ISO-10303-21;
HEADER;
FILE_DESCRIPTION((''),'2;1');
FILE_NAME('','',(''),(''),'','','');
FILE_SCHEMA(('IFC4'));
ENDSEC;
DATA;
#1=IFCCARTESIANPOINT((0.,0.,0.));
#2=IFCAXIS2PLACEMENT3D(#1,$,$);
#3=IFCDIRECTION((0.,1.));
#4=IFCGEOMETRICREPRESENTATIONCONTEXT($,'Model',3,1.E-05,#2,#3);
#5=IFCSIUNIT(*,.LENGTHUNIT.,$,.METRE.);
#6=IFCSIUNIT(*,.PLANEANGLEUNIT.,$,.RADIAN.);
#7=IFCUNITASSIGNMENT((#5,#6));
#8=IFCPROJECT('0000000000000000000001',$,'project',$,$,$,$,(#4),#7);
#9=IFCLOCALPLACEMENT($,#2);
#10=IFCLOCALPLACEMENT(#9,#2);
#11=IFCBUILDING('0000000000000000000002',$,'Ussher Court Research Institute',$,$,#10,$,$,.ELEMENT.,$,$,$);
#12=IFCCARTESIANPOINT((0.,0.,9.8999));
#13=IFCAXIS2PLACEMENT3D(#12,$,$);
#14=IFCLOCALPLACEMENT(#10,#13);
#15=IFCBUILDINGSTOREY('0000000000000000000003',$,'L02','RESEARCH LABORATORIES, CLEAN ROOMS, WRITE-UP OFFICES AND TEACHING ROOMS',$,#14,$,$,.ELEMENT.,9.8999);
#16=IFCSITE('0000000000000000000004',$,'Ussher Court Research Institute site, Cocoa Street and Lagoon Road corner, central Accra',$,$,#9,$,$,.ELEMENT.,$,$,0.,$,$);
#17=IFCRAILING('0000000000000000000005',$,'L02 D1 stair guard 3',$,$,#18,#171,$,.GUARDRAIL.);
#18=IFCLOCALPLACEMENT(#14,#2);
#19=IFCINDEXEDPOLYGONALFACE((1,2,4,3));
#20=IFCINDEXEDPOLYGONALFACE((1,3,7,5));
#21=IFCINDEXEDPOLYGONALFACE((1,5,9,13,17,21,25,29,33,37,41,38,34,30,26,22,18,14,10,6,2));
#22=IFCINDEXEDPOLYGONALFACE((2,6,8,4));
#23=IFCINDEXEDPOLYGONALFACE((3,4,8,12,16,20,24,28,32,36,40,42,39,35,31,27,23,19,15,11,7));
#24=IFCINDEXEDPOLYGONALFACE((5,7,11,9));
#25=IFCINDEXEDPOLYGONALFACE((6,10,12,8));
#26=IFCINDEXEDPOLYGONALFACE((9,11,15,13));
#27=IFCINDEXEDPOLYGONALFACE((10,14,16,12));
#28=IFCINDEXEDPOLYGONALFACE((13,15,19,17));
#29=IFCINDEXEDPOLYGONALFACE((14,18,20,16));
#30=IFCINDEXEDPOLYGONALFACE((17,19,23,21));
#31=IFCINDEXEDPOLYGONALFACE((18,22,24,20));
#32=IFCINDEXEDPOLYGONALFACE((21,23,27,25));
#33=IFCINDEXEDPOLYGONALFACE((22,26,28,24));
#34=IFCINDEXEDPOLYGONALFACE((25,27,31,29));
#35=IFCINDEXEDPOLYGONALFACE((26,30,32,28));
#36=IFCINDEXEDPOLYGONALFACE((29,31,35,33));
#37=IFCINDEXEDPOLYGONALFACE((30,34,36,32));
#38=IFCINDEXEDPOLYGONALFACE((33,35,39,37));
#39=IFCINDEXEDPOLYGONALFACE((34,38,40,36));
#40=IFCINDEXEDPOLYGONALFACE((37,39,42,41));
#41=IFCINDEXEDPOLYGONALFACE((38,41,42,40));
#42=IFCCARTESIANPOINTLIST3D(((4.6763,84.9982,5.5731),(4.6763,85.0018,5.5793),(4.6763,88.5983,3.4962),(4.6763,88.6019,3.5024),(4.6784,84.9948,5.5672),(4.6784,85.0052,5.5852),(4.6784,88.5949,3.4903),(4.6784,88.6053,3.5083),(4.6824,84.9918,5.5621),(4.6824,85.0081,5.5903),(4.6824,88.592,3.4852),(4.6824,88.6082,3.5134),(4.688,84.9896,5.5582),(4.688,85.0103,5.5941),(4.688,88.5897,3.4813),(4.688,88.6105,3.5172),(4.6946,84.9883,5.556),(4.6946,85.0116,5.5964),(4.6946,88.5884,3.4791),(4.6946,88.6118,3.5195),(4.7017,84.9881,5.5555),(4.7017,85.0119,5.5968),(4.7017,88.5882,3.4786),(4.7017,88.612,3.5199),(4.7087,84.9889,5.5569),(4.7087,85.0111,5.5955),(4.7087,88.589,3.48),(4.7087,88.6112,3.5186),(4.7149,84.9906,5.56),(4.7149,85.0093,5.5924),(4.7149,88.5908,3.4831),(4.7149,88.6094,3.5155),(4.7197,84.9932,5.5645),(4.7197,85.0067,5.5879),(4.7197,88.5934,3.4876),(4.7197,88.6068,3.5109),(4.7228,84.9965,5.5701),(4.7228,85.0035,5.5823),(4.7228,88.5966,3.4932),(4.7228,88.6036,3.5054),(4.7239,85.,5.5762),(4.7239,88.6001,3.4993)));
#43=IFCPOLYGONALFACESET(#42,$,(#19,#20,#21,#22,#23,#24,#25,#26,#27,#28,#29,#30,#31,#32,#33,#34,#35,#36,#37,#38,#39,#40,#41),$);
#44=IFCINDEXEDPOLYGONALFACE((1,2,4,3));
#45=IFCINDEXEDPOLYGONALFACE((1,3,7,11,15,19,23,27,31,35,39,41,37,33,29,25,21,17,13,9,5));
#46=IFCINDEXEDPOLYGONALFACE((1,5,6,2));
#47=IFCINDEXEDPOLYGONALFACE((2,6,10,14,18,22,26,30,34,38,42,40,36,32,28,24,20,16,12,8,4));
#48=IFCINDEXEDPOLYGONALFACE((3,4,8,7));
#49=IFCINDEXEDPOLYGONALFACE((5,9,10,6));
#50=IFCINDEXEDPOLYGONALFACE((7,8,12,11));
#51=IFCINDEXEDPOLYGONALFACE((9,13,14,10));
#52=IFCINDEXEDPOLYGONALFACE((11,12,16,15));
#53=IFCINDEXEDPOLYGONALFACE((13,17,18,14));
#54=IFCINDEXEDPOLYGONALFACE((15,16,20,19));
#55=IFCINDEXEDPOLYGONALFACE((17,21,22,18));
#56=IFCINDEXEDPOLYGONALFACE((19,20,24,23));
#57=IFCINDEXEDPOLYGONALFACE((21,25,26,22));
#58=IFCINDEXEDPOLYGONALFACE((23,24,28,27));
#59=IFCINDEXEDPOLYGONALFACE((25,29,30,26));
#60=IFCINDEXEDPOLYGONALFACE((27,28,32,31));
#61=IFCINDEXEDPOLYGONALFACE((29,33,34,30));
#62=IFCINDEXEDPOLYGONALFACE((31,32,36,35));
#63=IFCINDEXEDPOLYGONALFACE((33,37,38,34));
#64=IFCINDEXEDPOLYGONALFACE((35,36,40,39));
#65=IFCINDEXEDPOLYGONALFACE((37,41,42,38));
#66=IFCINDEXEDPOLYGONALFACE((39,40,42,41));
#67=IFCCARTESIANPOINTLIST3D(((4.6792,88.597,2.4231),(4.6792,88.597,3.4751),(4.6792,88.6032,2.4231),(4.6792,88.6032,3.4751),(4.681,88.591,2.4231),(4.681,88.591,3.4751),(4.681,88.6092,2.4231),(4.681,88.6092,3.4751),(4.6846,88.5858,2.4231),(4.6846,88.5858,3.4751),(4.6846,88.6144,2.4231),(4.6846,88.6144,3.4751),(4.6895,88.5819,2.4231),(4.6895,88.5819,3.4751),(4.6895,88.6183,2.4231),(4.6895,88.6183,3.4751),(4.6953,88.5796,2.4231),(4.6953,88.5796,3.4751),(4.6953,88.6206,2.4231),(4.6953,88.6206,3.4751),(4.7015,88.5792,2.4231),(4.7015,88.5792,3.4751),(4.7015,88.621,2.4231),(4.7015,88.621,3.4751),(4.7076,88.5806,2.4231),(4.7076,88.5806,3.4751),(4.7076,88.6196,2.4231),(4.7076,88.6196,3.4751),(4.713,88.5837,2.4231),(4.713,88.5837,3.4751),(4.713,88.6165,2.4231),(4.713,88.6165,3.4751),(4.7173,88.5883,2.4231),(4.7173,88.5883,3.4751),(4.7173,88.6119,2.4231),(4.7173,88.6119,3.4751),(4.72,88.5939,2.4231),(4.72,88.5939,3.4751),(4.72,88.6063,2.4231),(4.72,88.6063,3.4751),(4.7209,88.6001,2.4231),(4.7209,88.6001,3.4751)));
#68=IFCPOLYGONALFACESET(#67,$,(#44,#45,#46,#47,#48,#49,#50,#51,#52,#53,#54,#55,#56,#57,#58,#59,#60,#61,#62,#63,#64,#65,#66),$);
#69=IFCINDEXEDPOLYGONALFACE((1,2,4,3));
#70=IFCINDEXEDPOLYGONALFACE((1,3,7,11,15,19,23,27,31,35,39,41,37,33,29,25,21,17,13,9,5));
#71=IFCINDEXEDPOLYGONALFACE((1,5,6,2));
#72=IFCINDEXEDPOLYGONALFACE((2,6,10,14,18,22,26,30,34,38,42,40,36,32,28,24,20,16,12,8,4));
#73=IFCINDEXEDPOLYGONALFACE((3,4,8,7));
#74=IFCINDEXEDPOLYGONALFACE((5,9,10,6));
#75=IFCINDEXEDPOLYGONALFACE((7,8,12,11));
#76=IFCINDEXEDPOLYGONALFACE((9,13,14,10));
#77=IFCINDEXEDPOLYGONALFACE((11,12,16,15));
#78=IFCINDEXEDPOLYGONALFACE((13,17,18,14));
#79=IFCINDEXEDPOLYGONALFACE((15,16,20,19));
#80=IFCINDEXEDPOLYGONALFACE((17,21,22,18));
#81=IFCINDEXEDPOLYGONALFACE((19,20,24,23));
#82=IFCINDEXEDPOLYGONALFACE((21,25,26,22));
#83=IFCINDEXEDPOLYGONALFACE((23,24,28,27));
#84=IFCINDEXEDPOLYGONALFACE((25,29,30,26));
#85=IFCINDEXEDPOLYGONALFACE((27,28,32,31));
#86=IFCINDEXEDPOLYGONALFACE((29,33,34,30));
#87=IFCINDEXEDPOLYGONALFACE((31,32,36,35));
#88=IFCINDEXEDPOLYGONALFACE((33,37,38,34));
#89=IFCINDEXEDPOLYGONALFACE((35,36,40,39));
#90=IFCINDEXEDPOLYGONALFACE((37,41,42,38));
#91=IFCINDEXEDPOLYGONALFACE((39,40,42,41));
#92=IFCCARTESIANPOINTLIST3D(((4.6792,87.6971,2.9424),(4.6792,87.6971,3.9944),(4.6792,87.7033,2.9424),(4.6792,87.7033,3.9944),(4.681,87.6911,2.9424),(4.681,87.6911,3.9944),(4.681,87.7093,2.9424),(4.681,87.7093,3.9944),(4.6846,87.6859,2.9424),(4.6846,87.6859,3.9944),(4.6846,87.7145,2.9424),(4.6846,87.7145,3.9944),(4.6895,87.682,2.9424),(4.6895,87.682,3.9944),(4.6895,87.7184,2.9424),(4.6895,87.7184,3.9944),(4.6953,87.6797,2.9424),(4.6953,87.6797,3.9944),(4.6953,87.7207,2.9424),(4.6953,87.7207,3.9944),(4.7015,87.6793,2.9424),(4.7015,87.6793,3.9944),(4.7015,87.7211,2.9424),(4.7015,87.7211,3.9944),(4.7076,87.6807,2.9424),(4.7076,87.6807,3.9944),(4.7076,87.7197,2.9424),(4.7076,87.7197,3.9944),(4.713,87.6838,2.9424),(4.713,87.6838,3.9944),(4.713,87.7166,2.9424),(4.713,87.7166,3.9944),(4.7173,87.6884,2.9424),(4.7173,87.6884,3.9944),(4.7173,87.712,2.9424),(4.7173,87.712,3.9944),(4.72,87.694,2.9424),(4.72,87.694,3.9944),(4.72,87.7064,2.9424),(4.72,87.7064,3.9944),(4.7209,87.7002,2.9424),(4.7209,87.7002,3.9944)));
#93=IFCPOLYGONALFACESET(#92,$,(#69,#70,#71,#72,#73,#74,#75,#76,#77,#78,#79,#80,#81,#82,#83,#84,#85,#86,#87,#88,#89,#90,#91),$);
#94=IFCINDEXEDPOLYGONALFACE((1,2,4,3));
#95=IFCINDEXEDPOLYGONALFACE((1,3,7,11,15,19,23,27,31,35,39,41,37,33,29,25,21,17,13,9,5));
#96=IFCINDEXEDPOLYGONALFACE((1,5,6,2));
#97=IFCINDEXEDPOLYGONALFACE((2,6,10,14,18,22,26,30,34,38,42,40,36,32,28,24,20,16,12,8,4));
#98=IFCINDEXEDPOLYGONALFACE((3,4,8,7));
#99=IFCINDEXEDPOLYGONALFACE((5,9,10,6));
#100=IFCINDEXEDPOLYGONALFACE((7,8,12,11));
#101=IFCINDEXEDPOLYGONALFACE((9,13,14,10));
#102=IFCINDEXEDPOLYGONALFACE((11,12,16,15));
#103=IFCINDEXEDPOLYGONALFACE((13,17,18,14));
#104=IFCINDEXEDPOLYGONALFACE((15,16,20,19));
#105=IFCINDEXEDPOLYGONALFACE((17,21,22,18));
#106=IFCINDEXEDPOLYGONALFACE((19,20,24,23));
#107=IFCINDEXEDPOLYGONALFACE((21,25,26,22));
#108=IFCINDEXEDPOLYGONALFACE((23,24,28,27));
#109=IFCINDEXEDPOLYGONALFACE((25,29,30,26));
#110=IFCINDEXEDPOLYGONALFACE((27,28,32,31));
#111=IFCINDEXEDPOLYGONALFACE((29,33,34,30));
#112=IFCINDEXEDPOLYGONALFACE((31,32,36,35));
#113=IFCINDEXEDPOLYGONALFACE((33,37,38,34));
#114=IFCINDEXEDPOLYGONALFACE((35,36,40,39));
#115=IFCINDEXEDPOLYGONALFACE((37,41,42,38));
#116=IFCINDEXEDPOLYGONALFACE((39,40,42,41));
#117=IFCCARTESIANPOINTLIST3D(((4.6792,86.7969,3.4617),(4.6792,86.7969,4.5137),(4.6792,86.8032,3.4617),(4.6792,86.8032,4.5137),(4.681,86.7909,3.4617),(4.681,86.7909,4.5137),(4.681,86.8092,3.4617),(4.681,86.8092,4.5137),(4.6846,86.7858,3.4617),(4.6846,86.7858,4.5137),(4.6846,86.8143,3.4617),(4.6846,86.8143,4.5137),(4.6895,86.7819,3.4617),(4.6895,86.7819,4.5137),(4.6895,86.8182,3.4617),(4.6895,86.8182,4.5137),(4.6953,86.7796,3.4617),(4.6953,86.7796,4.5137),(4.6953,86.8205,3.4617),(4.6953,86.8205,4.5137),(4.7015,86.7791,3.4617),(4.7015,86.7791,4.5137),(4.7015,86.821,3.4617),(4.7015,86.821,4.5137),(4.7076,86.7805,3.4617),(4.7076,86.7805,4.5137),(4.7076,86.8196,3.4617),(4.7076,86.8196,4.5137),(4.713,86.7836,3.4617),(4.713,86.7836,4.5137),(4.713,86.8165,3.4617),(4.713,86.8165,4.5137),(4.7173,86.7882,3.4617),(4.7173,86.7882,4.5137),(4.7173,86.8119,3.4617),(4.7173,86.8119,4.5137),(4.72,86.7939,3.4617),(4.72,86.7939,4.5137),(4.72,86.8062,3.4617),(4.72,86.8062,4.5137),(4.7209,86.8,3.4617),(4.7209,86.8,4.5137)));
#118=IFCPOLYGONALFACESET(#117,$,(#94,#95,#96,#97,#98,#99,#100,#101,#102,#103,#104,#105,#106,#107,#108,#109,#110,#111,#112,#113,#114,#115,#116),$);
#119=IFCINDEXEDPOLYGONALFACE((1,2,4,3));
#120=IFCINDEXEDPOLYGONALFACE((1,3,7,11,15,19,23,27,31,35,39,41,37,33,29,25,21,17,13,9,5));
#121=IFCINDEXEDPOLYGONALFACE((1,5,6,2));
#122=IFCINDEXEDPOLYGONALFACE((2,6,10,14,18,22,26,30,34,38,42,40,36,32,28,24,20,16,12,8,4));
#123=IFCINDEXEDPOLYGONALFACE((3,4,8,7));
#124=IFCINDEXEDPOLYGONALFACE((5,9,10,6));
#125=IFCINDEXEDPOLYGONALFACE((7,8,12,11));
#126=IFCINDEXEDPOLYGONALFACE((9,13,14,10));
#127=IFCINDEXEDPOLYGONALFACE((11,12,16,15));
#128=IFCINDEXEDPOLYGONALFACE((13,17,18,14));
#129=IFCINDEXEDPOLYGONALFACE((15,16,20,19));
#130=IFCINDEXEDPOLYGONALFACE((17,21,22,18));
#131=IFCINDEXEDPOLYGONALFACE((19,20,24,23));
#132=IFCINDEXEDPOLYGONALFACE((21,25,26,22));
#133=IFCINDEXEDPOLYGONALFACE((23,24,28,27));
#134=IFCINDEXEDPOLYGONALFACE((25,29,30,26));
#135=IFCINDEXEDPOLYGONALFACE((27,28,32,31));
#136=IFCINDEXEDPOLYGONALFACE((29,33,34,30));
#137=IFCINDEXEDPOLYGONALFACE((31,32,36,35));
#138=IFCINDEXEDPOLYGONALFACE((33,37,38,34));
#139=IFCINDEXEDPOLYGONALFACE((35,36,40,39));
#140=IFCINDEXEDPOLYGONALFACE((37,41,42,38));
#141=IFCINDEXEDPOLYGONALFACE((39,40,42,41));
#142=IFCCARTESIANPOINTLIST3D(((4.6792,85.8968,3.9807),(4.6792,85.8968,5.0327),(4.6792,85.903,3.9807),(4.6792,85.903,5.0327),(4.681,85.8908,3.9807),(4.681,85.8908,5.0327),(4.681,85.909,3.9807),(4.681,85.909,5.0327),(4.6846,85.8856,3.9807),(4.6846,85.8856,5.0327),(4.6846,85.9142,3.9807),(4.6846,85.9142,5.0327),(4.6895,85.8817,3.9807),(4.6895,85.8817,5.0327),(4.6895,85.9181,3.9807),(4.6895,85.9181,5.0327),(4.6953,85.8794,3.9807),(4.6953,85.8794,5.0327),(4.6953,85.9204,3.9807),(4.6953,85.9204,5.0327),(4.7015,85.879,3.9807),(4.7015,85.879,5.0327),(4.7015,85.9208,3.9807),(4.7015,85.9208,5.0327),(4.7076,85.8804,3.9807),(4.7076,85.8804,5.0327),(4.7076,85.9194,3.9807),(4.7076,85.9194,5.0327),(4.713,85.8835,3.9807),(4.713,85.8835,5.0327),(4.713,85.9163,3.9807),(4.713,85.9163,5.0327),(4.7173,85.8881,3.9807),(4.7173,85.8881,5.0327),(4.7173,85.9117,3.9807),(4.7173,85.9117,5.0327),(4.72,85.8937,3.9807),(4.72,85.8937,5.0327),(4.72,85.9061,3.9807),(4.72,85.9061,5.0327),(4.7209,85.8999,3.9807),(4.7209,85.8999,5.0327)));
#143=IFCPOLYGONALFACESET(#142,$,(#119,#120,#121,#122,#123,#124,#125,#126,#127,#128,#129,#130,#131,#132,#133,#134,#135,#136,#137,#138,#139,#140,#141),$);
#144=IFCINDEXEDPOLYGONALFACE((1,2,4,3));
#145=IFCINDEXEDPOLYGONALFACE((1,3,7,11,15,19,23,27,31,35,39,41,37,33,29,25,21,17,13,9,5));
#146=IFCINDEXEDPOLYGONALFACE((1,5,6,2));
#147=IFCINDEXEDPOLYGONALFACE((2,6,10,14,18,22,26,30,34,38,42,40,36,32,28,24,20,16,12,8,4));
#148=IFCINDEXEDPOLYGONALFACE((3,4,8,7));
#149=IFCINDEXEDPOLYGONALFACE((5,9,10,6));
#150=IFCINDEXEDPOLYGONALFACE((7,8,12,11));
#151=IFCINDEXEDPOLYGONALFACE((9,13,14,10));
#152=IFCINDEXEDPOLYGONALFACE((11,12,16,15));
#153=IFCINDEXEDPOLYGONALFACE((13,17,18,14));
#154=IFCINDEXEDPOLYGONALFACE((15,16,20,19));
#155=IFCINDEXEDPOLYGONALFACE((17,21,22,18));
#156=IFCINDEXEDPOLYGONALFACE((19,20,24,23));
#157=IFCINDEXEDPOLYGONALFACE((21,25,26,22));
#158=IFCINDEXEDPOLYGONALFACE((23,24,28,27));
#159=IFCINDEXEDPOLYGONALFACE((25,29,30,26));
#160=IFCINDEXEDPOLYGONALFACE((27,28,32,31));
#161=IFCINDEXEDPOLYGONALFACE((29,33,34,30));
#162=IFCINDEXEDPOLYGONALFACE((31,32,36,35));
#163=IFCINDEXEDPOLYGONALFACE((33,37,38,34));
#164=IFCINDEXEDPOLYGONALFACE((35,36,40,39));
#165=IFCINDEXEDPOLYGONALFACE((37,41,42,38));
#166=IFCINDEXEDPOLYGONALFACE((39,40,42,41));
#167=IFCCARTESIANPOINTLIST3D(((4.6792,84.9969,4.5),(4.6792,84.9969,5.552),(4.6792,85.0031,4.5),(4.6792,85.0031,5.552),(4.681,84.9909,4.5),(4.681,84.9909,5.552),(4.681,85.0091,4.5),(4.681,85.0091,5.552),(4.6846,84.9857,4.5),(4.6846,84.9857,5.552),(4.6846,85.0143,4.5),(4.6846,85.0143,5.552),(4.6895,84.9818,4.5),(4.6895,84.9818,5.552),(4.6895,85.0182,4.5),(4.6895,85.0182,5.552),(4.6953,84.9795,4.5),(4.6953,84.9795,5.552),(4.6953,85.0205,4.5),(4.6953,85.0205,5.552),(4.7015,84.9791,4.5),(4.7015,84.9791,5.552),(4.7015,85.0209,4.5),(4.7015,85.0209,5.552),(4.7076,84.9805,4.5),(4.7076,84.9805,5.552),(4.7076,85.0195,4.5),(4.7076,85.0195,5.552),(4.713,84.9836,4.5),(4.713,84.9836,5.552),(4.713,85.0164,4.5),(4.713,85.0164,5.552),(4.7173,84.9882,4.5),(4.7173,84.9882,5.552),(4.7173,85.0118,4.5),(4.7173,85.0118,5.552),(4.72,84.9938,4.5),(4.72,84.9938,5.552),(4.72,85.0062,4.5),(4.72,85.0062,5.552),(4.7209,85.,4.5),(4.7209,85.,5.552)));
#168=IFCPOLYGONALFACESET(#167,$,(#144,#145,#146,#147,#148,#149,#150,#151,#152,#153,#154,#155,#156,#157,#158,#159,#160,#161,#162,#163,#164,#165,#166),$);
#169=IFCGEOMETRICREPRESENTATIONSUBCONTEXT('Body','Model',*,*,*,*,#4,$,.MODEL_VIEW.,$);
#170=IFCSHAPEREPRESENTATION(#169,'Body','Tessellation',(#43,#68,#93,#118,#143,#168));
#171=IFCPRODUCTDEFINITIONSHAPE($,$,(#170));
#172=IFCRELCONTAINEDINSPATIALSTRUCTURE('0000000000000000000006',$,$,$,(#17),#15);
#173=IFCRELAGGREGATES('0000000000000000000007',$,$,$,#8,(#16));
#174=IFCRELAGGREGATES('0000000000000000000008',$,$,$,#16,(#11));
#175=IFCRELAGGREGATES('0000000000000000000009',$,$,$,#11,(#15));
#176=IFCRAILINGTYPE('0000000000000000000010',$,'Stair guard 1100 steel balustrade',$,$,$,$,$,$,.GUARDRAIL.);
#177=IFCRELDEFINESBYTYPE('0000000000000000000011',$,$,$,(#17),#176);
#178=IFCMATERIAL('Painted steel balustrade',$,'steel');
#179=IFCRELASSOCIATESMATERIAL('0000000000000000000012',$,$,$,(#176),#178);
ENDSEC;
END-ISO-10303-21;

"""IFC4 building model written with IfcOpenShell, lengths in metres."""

from ifc_helpers import new_model, si_unit, direction, frame, origin, origin_2d, place, context, subcontext, project, spatial, circle, extrude, material, type_object, element, save


model = new_model("IFC4")

# Units and contexts
model_context = context("Model", 3, precision=1e-05, world=origin(), true_north=direction((0.0, 1.0)))
body_context = subcontext(model_context, "Body", "Model", "MODEL_VIEW")
ifc_project = project(units=[si_unit("LENGTHUNIT", "METRE"), si_unit("PLANEANGLEUNIT", "RADIAN")], contexts=[model_context])

# Site, building, storey
site_placement = place(None, origin())
site = spatial("IfcSite", under=ifc_project, at=site_placement, Name="Ussher Court Research Institute site, Cocoa Street and Lagoon Road corner, central Accra", CompositionType="ELEMENT", RefElevation=0.0)
building_placement = place(site_placement, origin())
building = spatial("IfcBuilding", under=site, at=building_placement, Name="Ussher Court Research Institute", CompositionType="ELEMENT")
storey_placement = place(building_placement, frame((0.0, 0.0, 9.8999)))
storey = spatial("IfcBuildingStorey", under=building, at=storey_placement, Name="L02", Description="RESEARCH LABORATORIES, CLEAN ROOMS, WRITE-UP OFFICES AND TEACHING ROOMS", CompositionType="ELEMENT", Elevation=9.8999)

# Railing
ifc_material_1 = material(Name="Painted steel balustrade", Category="steel")
railing_type_1 = type_object("IfcRailingType", Name="Stair guard 1100 steel balustrade", PredefinedType="GUARDRAIL", material=ifc_material_1)
railing_1_placement = place(storey_placement, frame((4.7, 88.6001, 2.4231)))
element("IfcRailing", 1, at=railing_1_placement, inside=storey, type_object=railing_type_1, Name="L02 D1 stair guard 3", PredefinedType="GUARDRAIL", context=body_context, shape_type="SweptSolid", body=[
    extrude(circle(Radius=0.0239, at=origin_2d()), frame((0.0, 0.0, 1.0762), z_axis=(0.0, -0.866193, 0.499709), x_axis=(1.0, 0.0, 0.0)), (0.0, 0.0, 1.0), 4.1562),
    extrude(circle(Radius=0.021, at=origin_2d()), origin(), (0.0, 0.0, 1.0), 1.052),
    extrude(circle(Radius=0.021, at=origin_2d()), frame((0.0, -0.8999, 0.5193)), (0.0, 0.0, 1.0), 1.052),
    extrude(circle(Radius=0.021, at=origin_2d()), frame((0.0, -1.8, 1.0386)), (0.0, 0.0, 1.0), 1.052),
    extrude(circle(Radius=0.021, at=origin_2d()), frame((0.0, -2.7002, 1.5576)), (0.0, 0.0, 1.0), 1.052),
    extrude(circle(Radius=0.021, at=origin_2d()), frame((0.0, -3.6001, 2.0769)), (0.0, 0.0, 1.0), 1.052),
])

save(model, "model.ifc")
